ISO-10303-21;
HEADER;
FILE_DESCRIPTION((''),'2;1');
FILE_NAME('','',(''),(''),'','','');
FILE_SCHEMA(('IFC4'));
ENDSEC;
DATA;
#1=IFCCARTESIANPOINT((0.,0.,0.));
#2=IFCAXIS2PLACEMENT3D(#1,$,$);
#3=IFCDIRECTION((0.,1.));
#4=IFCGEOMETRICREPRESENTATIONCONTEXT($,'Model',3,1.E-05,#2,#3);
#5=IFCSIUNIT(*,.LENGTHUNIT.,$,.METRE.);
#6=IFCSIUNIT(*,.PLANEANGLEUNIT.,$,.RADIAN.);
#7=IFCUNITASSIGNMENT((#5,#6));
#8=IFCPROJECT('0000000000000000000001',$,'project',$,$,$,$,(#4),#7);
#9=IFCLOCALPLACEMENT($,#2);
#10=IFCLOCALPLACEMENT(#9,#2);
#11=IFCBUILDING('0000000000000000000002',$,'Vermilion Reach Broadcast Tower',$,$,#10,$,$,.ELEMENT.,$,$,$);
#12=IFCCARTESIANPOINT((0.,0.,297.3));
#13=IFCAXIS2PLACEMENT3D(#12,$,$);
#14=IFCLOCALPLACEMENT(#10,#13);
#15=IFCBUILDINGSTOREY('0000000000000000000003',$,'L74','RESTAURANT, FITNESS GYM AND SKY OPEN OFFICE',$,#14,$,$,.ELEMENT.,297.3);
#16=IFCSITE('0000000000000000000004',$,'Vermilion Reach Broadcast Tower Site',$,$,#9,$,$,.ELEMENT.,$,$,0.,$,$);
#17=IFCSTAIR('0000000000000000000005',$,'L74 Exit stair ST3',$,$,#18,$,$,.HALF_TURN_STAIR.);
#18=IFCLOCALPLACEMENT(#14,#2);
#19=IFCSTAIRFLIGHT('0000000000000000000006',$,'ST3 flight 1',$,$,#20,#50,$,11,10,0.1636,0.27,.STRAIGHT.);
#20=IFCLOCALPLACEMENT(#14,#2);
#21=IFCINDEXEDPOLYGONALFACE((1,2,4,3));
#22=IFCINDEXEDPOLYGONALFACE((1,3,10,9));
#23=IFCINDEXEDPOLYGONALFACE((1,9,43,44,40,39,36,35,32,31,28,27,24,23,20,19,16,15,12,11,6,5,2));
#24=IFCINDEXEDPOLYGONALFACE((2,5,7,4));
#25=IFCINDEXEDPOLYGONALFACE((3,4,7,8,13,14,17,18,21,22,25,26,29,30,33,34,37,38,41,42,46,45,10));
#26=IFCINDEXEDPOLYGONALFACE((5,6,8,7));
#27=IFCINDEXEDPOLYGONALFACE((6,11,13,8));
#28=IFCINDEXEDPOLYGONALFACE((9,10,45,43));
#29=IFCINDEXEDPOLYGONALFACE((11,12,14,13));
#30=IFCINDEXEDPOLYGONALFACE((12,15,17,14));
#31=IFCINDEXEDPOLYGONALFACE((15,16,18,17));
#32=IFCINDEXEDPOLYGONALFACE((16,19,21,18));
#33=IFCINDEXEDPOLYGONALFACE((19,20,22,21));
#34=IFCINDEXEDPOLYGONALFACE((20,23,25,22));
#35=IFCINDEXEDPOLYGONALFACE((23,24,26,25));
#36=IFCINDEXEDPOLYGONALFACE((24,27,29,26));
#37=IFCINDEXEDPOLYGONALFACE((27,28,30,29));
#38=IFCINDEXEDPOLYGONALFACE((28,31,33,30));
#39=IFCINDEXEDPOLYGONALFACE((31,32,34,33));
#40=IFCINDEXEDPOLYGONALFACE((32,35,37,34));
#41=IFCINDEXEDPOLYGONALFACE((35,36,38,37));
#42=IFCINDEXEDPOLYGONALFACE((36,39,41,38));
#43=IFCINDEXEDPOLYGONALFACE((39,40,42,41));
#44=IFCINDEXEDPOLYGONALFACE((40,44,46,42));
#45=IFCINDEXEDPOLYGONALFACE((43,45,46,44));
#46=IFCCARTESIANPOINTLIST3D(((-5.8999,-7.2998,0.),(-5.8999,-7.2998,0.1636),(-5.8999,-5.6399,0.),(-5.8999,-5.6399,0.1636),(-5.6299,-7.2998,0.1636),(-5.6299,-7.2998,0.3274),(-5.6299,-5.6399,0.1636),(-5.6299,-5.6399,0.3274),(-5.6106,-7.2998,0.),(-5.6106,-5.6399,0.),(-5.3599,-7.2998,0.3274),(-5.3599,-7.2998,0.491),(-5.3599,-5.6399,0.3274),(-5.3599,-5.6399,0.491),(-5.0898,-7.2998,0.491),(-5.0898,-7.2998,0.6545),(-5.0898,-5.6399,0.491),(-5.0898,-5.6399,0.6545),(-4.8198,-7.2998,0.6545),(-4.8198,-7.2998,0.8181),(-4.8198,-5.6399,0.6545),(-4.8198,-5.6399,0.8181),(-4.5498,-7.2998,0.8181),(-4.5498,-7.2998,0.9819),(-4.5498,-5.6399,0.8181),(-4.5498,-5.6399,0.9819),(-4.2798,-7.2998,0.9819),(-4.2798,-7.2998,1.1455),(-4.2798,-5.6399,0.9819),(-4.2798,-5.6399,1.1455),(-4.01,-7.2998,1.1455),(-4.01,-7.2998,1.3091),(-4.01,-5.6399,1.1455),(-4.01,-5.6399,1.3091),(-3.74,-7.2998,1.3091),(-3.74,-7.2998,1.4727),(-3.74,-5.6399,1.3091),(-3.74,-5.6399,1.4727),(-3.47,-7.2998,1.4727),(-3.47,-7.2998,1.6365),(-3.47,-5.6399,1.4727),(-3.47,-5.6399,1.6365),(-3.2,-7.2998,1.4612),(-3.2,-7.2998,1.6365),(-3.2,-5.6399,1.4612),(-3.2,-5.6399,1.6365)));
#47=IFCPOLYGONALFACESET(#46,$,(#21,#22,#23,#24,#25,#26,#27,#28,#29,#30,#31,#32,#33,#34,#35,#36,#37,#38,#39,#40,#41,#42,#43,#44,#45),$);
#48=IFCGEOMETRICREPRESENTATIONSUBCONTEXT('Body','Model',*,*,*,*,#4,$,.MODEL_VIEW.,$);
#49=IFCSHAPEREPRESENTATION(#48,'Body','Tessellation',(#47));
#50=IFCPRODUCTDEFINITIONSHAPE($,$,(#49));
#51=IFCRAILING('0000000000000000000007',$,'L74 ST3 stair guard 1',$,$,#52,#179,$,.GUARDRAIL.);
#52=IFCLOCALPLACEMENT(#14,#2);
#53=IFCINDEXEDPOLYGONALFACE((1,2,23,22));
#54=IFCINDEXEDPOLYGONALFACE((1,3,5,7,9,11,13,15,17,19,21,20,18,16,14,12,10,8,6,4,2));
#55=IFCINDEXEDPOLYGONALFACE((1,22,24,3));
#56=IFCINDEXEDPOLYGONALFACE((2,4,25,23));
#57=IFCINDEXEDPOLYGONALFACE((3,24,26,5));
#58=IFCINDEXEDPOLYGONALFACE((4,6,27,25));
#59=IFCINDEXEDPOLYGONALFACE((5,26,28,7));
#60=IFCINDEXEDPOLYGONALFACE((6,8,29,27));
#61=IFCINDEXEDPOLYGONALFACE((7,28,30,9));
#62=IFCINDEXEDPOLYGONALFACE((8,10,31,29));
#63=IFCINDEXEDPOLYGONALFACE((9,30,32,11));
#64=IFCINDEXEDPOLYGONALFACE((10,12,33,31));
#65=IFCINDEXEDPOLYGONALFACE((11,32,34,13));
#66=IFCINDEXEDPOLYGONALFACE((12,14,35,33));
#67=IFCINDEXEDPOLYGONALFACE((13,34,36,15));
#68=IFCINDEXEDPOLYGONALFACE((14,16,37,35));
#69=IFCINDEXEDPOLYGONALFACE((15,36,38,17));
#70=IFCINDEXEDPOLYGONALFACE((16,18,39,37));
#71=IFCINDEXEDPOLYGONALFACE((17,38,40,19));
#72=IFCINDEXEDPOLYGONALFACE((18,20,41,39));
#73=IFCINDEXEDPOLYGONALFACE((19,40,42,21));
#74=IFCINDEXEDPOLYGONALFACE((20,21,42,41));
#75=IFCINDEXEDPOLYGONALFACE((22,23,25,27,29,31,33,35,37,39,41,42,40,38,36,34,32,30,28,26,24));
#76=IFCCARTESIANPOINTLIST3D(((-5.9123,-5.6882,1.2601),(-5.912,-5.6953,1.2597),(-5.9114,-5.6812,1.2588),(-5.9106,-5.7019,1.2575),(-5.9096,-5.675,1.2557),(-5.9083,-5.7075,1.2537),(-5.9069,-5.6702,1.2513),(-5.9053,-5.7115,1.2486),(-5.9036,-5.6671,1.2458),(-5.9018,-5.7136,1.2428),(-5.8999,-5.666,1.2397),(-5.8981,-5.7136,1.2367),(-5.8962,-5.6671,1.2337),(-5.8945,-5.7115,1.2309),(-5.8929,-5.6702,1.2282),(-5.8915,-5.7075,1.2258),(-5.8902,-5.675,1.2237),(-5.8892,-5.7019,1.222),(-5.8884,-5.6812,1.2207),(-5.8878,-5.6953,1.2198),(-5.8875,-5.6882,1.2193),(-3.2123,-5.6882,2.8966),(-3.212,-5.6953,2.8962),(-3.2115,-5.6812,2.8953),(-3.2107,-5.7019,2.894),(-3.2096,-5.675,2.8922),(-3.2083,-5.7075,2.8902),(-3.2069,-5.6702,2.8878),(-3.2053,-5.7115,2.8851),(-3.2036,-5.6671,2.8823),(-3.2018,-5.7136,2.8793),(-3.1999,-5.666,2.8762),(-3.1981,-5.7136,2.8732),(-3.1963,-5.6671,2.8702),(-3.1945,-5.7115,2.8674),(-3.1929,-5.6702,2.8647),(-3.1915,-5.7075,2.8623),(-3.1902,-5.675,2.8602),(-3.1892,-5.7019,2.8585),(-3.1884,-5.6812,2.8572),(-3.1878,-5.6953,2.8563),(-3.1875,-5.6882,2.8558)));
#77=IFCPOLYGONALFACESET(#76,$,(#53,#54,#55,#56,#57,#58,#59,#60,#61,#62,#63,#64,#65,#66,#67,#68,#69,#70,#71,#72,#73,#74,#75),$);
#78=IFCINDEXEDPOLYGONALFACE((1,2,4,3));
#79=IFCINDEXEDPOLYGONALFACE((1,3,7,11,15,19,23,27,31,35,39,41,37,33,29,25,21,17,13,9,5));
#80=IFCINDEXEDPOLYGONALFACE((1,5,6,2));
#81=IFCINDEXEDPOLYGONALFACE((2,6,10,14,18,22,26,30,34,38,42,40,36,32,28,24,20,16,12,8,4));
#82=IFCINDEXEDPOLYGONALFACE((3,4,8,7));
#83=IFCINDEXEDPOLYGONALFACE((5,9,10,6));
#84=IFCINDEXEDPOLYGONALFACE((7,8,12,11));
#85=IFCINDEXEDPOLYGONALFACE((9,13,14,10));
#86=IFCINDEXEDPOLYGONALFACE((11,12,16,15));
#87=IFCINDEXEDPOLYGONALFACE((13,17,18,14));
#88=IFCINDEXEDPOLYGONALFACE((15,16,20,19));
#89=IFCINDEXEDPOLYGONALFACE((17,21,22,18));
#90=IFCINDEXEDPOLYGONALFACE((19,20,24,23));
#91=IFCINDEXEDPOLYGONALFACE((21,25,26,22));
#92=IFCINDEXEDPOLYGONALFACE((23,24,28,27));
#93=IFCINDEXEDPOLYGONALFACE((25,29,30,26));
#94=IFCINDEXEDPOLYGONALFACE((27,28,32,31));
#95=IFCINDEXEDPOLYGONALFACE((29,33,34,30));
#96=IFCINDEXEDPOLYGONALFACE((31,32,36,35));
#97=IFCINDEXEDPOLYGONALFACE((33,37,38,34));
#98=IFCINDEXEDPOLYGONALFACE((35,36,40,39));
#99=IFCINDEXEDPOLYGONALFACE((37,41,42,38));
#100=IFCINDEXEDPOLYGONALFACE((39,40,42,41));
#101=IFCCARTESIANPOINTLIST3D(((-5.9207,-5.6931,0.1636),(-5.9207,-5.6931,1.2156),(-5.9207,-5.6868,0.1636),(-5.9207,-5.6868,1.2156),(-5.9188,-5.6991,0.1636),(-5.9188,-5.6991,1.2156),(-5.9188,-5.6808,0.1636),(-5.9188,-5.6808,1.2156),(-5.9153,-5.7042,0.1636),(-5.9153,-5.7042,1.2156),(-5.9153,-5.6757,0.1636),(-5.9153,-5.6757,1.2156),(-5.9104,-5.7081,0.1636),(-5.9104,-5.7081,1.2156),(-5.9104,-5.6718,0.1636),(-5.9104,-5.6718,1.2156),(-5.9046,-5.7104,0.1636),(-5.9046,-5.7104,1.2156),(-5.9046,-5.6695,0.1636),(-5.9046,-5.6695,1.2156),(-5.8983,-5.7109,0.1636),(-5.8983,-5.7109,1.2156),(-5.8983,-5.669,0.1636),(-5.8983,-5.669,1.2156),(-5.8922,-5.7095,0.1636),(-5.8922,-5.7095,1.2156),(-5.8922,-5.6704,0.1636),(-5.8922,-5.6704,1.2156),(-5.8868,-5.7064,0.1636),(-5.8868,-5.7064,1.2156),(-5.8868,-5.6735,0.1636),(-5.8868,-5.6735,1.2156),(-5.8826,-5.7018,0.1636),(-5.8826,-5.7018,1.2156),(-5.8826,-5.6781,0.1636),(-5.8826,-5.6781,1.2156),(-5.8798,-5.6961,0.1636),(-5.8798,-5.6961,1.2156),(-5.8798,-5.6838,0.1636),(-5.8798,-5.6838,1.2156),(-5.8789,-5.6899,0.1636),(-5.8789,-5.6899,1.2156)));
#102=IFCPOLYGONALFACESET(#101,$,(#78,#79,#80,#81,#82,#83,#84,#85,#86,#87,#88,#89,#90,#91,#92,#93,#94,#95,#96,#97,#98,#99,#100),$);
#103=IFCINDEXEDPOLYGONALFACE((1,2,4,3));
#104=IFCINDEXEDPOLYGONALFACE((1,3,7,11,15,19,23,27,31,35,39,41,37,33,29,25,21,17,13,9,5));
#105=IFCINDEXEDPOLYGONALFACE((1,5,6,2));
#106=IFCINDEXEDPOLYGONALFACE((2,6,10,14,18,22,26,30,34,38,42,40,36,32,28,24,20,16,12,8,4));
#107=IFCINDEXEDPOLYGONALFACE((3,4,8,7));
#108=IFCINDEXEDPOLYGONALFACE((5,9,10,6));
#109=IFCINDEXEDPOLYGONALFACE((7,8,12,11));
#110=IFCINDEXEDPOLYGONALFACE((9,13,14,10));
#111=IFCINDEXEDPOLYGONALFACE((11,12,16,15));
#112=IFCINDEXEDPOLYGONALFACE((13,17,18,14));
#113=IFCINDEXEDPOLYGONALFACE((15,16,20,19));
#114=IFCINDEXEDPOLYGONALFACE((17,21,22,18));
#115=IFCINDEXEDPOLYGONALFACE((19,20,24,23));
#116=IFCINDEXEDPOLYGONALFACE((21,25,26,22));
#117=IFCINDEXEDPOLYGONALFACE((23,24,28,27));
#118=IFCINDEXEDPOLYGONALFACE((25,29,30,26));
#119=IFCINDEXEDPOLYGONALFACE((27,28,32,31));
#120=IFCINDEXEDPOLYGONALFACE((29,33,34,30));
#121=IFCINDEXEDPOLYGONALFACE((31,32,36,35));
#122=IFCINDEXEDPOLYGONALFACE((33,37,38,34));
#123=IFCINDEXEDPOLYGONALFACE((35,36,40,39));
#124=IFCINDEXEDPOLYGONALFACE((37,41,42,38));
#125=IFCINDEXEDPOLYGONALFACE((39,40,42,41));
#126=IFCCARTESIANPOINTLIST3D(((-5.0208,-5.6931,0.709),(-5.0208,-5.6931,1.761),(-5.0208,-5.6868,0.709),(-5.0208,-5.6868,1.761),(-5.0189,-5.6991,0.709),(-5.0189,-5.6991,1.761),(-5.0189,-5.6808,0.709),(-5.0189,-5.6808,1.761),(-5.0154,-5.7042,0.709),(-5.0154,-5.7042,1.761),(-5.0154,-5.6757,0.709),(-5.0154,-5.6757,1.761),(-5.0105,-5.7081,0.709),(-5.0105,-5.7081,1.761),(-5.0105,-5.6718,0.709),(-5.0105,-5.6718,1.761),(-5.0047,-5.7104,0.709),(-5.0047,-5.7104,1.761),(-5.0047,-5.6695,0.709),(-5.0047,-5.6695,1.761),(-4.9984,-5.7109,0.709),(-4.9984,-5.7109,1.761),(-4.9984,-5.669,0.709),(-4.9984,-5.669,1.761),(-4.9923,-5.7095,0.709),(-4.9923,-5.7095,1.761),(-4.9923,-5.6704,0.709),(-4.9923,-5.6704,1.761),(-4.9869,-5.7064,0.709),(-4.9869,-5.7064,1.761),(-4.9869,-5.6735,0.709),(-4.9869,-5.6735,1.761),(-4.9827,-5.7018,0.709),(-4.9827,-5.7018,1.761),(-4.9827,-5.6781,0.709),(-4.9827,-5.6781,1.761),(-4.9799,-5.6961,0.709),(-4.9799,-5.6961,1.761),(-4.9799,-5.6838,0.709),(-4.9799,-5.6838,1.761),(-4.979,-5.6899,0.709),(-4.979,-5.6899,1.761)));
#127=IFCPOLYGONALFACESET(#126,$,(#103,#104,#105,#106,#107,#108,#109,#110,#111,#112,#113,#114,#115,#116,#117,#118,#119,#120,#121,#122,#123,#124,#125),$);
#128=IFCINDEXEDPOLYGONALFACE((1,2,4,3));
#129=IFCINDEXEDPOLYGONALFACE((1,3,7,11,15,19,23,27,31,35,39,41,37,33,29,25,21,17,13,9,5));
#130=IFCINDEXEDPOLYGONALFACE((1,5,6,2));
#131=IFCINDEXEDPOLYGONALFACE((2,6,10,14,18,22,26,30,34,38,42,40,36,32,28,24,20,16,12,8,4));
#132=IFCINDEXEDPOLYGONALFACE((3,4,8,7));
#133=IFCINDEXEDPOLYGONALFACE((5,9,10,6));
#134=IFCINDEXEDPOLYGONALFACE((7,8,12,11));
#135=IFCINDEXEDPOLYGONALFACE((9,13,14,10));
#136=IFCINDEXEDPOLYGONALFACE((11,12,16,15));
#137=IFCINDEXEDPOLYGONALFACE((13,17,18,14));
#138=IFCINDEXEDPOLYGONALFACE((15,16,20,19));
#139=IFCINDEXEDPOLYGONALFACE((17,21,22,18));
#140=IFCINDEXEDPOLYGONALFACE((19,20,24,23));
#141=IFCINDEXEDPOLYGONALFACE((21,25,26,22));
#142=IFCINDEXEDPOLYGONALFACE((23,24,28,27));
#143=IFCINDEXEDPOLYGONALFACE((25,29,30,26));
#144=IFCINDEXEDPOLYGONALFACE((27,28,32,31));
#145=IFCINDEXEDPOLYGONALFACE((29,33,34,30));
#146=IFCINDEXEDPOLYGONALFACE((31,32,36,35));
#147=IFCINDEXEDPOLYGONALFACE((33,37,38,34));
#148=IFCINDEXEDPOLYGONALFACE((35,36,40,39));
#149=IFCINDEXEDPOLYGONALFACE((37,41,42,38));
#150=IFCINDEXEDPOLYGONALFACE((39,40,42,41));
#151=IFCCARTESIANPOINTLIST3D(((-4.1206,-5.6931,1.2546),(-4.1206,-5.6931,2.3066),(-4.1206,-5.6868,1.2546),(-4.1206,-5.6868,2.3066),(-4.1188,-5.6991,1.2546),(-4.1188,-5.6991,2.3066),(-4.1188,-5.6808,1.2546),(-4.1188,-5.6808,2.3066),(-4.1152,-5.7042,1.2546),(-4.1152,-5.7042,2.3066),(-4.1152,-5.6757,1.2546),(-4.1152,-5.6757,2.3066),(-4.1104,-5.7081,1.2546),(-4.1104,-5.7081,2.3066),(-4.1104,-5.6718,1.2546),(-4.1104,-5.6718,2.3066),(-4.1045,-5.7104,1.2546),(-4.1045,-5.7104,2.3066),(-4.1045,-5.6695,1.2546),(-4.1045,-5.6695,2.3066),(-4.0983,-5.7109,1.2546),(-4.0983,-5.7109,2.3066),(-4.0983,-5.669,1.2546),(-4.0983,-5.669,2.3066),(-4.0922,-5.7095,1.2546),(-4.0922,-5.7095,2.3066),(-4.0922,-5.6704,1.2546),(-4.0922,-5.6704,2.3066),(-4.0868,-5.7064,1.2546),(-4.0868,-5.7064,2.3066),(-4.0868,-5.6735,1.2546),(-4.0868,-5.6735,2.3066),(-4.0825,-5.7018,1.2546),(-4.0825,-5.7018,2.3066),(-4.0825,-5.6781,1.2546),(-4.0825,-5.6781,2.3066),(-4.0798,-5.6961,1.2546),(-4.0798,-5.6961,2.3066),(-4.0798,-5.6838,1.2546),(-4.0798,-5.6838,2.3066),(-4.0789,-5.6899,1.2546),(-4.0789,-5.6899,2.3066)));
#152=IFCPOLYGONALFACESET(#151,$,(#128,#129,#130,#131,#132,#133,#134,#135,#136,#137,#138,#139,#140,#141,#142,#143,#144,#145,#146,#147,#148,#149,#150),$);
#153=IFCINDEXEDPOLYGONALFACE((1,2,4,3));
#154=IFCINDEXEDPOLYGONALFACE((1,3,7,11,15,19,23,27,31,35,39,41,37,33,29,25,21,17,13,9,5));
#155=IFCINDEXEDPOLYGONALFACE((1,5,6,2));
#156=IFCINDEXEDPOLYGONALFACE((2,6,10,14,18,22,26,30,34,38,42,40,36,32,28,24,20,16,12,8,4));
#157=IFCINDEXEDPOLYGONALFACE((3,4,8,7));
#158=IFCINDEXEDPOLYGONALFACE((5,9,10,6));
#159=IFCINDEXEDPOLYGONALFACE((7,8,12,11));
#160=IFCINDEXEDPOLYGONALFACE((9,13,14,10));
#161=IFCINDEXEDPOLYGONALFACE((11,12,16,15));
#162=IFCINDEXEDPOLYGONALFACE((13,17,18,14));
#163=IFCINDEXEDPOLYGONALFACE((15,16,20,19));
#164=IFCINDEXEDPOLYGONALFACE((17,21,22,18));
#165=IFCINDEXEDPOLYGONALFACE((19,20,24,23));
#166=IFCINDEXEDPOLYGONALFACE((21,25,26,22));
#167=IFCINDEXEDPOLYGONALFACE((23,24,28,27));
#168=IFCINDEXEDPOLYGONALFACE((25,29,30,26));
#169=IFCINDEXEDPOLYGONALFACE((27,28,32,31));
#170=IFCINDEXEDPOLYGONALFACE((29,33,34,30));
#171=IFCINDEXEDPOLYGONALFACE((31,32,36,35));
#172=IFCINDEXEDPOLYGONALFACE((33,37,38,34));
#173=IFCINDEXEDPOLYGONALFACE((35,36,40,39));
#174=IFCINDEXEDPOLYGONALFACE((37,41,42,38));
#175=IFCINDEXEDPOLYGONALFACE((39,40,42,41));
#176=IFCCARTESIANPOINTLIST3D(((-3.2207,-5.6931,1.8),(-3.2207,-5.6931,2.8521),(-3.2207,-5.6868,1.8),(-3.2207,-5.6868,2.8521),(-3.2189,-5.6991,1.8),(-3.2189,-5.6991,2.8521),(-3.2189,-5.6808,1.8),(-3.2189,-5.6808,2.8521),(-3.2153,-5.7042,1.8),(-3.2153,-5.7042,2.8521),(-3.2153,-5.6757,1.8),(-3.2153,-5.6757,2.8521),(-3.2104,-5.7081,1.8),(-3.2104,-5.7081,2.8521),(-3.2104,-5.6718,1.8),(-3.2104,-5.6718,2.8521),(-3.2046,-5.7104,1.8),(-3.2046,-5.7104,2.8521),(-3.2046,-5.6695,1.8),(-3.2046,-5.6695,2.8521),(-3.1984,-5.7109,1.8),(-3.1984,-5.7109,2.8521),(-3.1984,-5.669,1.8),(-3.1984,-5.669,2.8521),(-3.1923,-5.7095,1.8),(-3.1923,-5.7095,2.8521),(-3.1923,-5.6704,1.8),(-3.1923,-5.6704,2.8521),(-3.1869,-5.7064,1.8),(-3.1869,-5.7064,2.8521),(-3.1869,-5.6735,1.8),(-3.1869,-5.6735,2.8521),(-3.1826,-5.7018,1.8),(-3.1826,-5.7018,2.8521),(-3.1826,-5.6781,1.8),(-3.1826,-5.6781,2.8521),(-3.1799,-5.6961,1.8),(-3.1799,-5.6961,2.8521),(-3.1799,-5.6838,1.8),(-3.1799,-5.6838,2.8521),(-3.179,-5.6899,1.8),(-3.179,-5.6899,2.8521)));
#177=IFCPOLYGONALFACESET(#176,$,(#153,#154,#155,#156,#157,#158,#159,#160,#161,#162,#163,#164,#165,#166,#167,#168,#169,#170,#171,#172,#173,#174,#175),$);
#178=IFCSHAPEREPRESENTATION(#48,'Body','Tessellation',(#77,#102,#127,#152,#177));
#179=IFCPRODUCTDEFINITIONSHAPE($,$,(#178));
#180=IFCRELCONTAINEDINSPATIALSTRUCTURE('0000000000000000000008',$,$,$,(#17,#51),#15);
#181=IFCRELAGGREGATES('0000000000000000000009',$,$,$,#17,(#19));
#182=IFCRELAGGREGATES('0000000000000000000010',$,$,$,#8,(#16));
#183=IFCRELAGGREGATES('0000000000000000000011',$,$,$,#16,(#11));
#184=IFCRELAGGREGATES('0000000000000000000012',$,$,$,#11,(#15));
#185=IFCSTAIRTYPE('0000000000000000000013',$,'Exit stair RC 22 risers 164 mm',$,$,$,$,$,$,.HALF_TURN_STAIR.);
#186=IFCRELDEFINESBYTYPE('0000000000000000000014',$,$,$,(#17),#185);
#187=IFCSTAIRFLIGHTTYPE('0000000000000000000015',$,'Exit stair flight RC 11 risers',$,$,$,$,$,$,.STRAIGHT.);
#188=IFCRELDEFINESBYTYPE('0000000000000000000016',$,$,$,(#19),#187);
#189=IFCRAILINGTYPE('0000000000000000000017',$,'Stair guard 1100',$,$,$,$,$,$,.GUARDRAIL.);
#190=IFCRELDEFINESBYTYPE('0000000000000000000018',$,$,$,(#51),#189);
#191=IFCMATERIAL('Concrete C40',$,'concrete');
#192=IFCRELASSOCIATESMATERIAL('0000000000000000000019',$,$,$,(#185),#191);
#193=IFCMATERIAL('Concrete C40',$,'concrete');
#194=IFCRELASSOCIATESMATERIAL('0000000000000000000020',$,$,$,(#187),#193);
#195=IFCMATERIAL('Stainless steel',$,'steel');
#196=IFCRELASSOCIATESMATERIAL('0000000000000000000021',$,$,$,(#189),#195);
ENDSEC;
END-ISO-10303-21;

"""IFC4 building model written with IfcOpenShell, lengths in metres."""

from ifc_helpers import new_model, si_unit, direction, frame, origin, origin_2d, place, context, subcontext, project, spatial, polyline, circle, outline, extrude, material, type_object, element, aggregate, save


model = new_model("IFC4")

# Units and contexts
model_context = context("Model", 3, precision=1e-05, world=origin(), true_north=direction((0.0, 1.0)))
body_context = subcontext(model_context, "Body", "Model", "MODEL_VIEW")
ifc_project = project(units=[si_unit("LENGTHUNIT", "METRE"), si_unit("PLANEANGLEUNIT", "RADIAN")], contexts=[model_context])

# Site, building, storey
site_placement = place(None, origin())
site = spatial("IfcSite", under=ifc_project, at=site_placement, Name="Vermilion Reach Broadcast Tower Site", CompositionType="ELEMENT", RefElevation=0.0)
building_placement = place(site_placement, origin())
building = spatial("IfcBuilding", under=site, at=building_placement, Name="Vermilion Reach Broadcast Tower", CompositionType="ELEMENT")
storey_placement = place(building_placement, frame((0.0, 0.0, 297.3)))
storey = spatial("IfcBuildingStorey", under=building, at=storey_placement, Name="L74", Description="RESTAURANT, FITNESS GYM AND SKY OPEN OFFICE", CompositionType="ELEMENT", Elevation=297.3)

# Stair, stair flight
ifc_material_1 = material(Name="Concrete C40", Category="concrete")
stair_type = type_object("IfcStairType", Name="Exit stair RC 22 risers 164 mm", PredefinedType="HALF_TURN_STAIR", material=ifc_material_1)
stair_placement = place(storey_placement, origin())
stair = element("IfcStair", 1, at=stair_placement, inside=storey, type_object=stair_type, Name="L74 Exit stair ST3", PredefinedType="HALF_TURN_STAIR")
ifc_material_2 = material(Name="Concrete C40", Category="concrete")
stair_flight_type = type_object("IfcStairFlightType", Name="Exit stair flight RC 11 risers", PredefinedType="STRAIGHT", material=ifc_material_2)
stair_flight_placement = place(storey_placement, frame((-5.8999, -6.47, 0.0), z_axis=(0.0, 0.0, 1.0), x_axis=(1.0, 0.0, 0.0)))
stair_flight = element("IfcStairFlight", 2, at=stair_flight_placement, type_object=stair_flight_type, Name="ST3 flight 1", NumberOfRisers=11, NumberOfTreads=10, PredefinedType="STRAIGHT", RiserHeight=0.1636, TreadLength=0.27, context=body_context, shape_type="SweptSolid", body=[
    extrude(outline(polyline([(0.0, 0.0), (0.0, 0.1636), (0.27, 0.1636), (0.27, 0.3274), (0.54, 0.3274), (0.54, 0.491), (0.8101, 0.491), (0.8101, 0.6545), (1.0801, 0.6545), (1.0801, 0.8181), (1.3501, 0.8181), (1.3501, 0.9819), (1.6201, 0.9819), (1.6201, 1.1455), (1.8899, 1.1455), (1.8899, 1.3091), (2.1599, 1.3091), (2.1599, 1.4727), (2.4299, 1.4727), (2.4299, 1.6365), (2.7, 1.6365), (2.7, 1.8), (2.7, 1.4612), (0.2893, 0.0), (0.0, 0.0)])), frame((0.0, 0.8301, 0.0), z_axis=(0.0, -1.0, 0.0), x_axis=(1.0, 0.0, 0.0)), (0.0, 0.0, 1.0), 1.6599),
])
aggregate(stair, [stair_flight])

# Railing
ifc_material_3 = material(Name="Stainless steel", Category="steel")
railing_type_1 = type_object("IfcRailingType", Name="Stair guard 1100", PredefinedType="GUARDRAIL", material=ifc_material_3)
railing_1_placement = place(storey_placement, frame((-5.8999, -5.6899, 0.1636)))
element("IfcRailing", 3, at=railing_1_placement, inside=storey, type_object=railing_type_1, Name="L74 ST3 stair guard 1", PredefinedType="GUARDRAIL", context=body_context, shape_type="SweptSolid", body=[
    extrude(circle(Radius=0.0239, at=origin_2d()), frame((0.0, 0.0, 1.0762), z_axis=(0.855178, 0.0, 0.518334), x_axis=(0.0, 1.0, 0.0)), (0.0, 0.0, 1.0), 3.1572),
    extrude(circle(Radius=0.021, at=origin_2d()), origin(), (0.0, 0.0, 1.0), 1.052),
    extrude(circle(Radius=0.021, at=origin_2d()), frame((0.8999, 0.0, 0.5454)), (0.0, 0.0, 1.0), 1.052),
    extrude(circle(Radius=0.021, at=origin_2d()), frame((1.8, 0.0, 1.0911)), (0.0, 0.0, 1.0), 1.052),
    extrude(circle(Radius=0.021, at=origin_2d()), frame((2.7, 0.0, 1.6365)), (0.0, 0.0, 1.0), 1.052),
])

save(model, "model.ifc")
